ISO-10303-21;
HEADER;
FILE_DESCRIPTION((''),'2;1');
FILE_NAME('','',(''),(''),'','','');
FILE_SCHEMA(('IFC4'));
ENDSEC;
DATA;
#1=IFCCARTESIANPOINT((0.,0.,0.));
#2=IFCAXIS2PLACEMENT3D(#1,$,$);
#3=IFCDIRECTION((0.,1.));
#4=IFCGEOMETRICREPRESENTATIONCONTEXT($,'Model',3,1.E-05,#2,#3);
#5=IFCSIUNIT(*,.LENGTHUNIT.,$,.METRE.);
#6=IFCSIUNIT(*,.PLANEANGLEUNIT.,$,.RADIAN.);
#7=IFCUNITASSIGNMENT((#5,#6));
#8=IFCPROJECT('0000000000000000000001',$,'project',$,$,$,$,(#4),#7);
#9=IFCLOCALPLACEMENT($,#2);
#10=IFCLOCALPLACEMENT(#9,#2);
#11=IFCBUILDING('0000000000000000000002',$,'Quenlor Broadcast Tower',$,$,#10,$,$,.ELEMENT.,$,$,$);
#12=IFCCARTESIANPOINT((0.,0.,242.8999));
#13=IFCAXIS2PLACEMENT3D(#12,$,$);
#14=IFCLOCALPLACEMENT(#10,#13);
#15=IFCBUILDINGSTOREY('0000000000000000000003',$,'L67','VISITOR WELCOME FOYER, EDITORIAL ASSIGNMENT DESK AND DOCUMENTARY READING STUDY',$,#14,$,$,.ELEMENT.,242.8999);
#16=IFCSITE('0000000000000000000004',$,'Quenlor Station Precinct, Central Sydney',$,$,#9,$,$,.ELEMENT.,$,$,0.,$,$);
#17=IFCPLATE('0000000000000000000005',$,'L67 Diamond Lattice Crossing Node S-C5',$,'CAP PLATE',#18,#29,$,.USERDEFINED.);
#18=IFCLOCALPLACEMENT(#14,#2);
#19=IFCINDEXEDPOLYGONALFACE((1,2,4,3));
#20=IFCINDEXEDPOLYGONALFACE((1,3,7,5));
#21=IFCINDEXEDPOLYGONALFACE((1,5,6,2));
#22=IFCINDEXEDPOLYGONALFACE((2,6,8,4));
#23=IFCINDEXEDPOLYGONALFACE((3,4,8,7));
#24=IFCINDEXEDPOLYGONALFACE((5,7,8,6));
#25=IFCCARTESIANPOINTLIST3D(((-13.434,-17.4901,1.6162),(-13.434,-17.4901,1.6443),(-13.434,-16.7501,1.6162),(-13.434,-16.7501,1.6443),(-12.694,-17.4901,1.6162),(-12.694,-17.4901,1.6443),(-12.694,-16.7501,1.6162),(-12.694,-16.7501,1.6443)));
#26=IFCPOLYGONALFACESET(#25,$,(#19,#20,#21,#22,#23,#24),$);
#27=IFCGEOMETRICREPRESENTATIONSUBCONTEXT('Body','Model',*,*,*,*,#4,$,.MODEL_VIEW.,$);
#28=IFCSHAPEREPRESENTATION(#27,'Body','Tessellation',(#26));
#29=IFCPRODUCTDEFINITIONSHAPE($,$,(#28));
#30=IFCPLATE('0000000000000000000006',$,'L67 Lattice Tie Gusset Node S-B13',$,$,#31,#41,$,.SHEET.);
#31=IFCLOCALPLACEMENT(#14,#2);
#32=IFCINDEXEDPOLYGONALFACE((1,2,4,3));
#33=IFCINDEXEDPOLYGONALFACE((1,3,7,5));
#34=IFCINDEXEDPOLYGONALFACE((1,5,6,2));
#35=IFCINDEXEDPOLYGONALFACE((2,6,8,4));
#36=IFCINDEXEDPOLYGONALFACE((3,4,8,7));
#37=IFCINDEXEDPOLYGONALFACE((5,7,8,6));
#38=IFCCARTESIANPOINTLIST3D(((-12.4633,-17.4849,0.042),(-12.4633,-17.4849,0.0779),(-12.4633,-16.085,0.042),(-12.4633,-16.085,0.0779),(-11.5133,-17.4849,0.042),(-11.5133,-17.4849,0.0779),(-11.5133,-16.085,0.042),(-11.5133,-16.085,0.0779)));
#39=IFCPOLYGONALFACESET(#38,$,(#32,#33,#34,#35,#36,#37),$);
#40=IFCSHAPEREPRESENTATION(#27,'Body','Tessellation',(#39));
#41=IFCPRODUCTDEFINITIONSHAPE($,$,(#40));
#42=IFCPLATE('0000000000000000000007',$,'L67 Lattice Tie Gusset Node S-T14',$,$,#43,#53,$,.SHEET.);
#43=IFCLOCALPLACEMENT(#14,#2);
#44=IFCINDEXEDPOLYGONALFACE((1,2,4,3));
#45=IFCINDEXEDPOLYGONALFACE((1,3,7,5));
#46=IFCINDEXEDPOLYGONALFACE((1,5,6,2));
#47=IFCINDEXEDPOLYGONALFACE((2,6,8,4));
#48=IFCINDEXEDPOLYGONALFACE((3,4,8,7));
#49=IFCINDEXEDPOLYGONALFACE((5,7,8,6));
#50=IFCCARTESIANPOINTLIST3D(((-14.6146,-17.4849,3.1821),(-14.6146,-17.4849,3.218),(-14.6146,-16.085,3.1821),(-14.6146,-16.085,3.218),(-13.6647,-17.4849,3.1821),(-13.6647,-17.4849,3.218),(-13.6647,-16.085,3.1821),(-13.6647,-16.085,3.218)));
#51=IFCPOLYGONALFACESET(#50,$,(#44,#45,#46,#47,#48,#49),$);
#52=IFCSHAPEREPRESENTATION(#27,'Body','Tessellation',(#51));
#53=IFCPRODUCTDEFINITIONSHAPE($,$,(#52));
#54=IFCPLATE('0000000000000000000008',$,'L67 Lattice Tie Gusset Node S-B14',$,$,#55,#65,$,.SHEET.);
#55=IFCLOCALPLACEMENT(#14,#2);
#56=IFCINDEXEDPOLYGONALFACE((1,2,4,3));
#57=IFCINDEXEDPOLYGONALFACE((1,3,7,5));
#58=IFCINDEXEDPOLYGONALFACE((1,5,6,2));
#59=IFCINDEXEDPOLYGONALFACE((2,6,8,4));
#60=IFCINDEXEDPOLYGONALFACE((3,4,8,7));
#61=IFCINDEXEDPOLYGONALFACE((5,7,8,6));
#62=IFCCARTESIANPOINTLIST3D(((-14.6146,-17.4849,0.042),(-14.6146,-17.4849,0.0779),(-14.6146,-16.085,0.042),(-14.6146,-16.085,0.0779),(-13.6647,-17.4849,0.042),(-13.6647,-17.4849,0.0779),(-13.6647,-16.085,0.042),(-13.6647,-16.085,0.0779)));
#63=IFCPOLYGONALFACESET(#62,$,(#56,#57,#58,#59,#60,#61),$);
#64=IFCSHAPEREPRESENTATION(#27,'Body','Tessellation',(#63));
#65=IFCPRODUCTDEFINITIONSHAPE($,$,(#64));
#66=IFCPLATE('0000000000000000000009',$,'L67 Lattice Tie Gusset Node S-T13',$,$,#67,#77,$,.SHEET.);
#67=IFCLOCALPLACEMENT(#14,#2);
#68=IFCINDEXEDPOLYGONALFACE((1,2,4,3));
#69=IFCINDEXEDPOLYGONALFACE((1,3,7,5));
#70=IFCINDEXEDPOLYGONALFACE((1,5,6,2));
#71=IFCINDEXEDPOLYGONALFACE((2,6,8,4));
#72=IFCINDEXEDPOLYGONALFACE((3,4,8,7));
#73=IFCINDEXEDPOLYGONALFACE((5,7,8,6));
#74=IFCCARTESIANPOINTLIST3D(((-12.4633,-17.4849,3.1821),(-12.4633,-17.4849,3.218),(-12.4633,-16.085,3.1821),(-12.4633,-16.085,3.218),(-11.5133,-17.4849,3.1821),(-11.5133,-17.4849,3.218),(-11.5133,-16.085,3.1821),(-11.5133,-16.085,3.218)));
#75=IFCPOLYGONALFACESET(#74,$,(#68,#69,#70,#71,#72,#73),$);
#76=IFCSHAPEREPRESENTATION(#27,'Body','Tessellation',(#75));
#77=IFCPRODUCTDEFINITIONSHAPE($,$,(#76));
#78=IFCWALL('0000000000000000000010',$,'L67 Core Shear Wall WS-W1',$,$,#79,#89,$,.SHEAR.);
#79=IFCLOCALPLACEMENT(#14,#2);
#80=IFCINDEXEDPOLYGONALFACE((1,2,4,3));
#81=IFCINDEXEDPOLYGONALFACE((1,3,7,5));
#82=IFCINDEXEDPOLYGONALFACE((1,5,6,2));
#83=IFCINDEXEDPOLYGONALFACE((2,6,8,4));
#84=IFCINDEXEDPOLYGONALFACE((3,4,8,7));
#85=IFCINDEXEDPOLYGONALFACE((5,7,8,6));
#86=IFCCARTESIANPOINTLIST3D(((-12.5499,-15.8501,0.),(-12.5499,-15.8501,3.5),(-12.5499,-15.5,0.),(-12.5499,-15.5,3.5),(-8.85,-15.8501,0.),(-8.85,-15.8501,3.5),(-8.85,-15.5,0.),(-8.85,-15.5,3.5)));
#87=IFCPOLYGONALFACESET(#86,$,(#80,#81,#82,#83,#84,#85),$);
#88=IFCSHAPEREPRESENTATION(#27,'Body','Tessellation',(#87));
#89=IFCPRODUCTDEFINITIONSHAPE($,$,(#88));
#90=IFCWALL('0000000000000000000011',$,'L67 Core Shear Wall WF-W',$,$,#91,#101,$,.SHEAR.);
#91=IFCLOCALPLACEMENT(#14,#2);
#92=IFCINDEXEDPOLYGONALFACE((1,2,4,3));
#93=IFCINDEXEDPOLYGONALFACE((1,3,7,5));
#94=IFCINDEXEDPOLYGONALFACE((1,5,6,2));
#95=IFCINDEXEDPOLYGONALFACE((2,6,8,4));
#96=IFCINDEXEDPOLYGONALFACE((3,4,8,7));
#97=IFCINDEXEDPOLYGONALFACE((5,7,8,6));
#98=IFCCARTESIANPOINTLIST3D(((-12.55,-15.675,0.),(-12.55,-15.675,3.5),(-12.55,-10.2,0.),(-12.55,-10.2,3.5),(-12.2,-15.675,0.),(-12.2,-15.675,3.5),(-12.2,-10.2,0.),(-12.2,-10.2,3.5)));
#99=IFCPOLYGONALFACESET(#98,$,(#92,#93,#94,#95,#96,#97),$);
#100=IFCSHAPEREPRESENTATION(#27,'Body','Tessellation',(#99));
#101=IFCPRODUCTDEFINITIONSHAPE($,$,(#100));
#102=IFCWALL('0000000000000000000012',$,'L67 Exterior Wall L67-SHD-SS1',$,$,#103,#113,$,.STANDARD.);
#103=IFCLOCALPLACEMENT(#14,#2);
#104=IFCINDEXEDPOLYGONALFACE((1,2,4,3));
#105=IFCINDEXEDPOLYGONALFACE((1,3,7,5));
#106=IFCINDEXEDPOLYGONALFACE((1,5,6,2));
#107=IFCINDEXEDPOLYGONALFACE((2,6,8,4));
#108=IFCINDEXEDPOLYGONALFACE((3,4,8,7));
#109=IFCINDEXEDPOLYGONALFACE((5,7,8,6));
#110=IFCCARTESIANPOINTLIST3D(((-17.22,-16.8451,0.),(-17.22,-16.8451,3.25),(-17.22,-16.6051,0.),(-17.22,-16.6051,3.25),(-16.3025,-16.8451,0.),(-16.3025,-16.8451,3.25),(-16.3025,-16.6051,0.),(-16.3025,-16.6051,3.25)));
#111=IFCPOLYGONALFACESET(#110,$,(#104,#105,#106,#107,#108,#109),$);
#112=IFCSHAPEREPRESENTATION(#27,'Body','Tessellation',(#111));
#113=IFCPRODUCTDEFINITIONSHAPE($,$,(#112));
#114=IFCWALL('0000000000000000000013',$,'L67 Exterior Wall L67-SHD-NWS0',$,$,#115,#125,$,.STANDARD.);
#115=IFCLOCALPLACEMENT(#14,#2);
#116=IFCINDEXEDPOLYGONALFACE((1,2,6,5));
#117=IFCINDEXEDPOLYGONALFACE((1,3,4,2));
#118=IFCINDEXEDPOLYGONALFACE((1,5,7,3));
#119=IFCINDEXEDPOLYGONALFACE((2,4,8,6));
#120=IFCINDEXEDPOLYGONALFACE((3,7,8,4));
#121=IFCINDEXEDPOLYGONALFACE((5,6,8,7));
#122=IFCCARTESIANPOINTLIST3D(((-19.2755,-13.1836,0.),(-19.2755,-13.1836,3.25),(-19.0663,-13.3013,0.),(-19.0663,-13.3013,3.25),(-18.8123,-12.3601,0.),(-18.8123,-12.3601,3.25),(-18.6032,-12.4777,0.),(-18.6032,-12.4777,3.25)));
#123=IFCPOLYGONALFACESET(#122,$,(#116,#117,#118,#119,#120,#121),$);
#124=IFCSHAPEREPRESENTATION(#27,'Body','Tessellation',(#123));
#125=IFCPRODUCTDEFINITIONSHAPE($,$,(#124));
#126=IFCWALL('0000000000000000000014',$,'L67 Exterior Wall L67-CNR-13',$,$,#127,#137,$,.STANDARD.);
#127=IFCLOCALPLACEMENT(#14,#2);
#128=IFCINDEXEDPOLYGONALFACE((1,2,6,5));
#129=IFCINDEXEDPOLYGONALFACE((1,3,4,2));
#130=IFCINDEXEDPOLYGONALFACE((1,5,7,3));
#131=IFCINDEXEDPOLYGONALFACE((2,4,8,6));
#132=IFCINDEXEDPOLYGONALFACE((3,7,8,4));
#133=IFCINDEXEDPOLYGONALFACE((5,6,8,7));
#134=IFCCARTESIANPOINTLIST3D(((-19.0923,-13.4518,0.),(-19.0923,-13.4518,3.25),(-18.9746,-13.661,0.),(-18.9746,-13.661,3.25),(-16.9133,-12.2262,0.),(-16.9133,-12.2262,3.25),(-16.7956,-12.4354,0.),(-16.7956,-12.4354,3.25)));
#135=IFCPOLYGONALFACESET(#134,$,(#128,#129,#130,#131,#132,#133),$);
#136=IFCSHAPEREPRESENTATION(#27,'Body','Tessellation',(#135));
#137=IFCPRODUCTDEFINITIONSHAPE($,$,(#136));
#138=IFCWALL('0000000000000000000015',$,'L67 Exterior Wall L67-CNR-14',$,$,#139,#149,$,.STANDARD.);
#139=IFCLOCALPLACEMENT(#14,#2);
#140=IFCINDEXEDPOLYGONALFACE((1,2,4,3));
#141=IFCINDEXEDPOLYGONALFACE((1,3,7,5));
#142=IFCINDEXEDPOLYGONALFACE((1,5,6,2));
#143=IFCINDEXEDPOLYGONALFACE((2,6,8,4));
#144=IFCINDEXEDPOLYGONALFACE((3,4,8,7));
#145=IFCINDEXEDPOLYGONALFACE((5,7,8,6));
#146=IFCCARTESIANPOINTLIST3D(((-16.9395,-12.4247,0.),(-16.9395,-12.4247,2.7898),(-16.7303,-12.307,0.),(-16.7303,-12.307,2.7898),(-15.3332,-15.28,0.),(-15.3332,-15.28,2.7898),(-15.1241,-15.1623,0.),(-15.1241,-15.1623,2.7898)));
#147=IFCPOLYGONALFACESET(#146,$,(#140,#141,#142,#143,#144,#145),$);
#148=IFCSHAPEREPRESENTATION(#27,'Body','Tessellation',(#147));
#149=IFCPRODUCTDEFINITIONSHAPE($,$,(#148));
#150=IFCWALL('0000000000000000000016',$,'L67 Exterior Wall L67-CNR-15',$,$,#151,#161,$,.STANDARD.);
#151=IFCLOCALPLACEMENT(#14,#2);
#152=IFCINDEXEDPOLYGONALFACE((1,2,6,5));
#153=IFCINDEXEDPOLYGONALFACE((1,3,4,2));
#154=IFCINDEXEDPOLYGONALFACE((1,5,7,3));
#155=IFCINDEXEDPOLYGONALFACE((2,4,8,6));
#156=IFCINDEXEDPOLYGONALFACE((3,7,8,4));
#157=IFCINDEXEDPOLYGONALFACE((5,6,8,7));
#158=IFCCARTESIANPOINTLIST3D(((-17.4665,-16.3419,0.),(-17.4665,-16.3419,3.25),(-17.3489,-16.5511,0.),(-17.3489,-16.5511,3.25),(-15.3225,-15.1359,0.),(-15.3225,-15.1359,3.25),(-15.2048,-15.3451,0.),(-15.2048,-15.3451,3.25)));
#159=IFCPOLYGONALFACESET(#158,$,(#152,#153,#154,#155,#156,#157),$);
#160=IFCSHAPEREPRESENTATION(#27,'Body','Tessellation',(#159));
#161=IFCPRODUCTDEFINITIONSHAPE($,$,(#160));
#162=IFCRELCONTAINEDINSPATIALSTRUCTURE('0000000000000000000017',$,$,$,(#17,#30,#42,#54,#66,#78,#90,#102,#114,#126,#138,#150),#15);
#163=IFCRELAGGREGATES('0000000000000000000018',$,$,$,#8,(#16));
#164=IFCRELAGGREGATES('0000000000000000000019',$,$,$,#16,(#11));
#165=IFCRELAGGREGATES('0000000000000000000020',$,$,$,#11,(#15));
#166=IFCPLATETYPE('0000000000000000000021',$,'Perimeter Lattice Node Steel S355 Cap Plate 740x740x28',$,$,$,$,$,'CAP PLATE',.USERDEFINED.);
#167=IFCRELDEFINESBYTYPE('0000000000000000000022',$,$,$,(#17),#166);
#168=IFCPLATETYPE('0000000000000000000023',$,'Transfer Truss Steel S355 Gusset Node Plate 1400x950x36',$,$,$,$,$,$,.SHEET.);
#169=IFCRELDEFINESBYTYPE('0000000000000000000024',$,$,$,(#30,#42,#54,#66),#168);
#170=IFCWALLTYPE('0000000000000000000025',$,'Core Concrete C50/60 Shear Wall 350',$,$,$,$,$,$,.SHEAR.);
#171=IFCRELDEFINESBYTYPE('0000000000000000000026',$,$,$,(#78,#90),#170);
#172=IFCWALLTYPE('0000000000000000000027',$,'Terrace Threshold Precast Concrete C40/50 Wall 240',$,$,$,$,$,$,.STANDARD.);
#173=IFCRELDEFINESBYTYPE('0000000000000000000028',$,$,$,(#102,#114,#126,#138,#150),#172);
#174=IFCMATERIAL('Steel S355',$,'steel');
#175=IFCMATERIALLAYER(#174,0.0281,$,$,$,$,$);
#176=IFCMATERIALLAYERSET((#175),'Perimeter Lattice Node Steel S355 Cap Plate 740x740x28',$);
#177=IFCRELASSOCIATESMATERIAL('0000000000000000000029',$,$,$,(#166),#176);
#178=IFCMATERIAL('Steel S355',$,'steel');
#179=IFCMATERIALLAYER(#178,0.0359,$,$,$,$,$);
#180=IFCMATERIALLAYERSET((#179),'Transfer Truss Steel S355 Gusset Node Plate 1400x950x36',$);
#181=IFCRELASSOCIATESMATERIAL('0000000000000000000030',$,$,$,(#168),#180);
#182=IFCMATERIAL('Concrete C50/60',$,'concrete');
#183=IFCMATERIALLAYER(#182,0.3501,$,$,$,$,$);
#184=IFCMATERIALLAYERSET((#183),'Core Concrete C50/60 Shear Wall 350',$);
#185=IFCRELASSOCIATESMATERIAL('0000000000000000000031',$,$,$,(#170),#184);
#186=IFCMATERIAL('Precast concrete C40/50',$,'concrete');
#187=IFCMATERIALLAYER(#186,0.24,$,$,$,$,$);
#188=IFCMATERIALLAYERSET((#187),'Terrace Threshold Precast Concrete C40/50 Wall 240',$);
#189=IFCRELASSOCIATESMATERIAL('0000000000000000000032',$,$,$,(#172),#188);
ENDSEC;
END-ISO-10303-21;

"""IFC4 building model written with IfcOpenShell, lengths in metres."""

from ifc_helpers import new_model, si_unit, direction, frame, frame_2d, origin, origin_2d, place, context, subcontext, project, spatial, rectangle, extrude, material, layer, layer_set, type_object, element, save


model = new_model("IFC4")

# Units and contexts
model_context = context("Model", 3, precision=1e-05, world=origin(), true_north=direction((0.0, 1.0)))
body_context = subcontext(model_context, "Body", "Model", "MODEL_VIEW")
ifc_project = project(units=[si_unit("LENGTHUNIT", "METRE"), si_unit("PLANEANGLEUNIT", "RADIAN")], contexts=[model_context])

# Site, building, storey
site_placement = place(None, origin())
site = spatial("IfcSite", under=ifc_project, at=site_placement, Name="Quenlor Station Precinct, Central Sydney", CompositionType="ELEMENT", RefElevation=0.0)
building_placement = place(site_placement, origin())
building = spatial("IfcBuilding", under=site, at=building_placement, Name="Quenlor Broadcast Tower", CompositionType="ELEMENT")
storey_placement = place(building_placement, frame((0.0, 0.0, 242.8999)))
storey = spatial("IfcBuildingStorey", under=building, at=storey_placement, Name="L67", Description="VISITOR WELCOME FOYER, EDITORIAL ASSIGNMENT DESK AND DOCUMENTARY READING STUDY", CompositionType="ELEMENT", Elevation=242.8999)

# Plates
ifc_material_1 = material(Name="Steel S355", Category="steel")
ifc_layer_1 = layer(ifc_material_1, 0.0281)
ifc_layer_set_1 = layer_set([ifc_layer_1], Name="Perimeter Lattice Node Steel S355 Cap Plate 740x740x28")
plate_type_1 = type_object("IfcPlateType", Name="Perimeter Lattice Node Steel S355 Cap Plate 740x740x28", ElementType="CAP PLATE", PredefinedType="USERDEFINED", material=ifc_layer_set_1)
plate_placement = place(storey_placement, frame((-13.064, -17.1201, 1.6162), z_axis=(0.0, 0.0, 1.0), x_axis=(-1.0, 0.0, 0.0)))
element("IfcPlate", 1, at=plate_placement, inside=storey, type_object=plate_type_1, Name="L67 Diamond Lattice Crossing Node S-C5", ObjectType="CAP PLATE", PredefinedType="USERDEFINED", context=body_context, shape_type="SweptSolid", body=[
    extrude(rectangle(XDim=0.74, YDim=0.74, at=origin_2d()), origin(), (0.0, 0.0, 1.0), 0.0281),
])
ifc_material_2 = material(Name="Steel S355", Category="steel")
ifc_layer_2 = layer(ifc_material_2, 0.0359)
ifc_layer_set_2 = layer_set([ifc_layer_2], Name="Transfer Truss Steel S355 Gusset Node Plate 1400x950x36")
plate_type_2 = type_object("IfcPlateType", Name="Transfer Truss Steel S355 Gusset Node Plate 1400x950x36", PredefinedType="SHEET", material=ifc_layer_set_2)
for number, where, z_axis, x_axis, name in (
    (2, (-11.9883, -16.7849, 0.042), (0.0, 0.0, 1.0), (0.0, -1.0, 0.0), "L67 Lattice Tie Gusset Node S-B13"),
    (3, (-14.1396, -16.7849, 3.1821), (0.0, 0.0, 1.0), (0.0, -1.0, 0.0), "L67 Lattice Tie Gusset Node S-T14"),
    (4, (-14.1396, -16.7849, 0.042), (0.0, 0.0, 1.0), (0.0, -1.0, 0.0), "L67 Lattice Tie Gusset Node S-B14"),
    (5, (-11.9883, -16.7849, 3.1821), (0.0, 0.0, 1.0), (0.0, -1.0, 0.0), "L67 Lattice Tie Gusset Node S-T13"),
):
    element("IfcPlate", number, at=place(storey_placement, frame(where, z_axis=z_axis, x_axis=x_axis)), inside=storey, type_object=plate_type_2, Name=name, PredefinedType="SHEET", context=body_context, shape_type="SweptSolid", body=[
        extrude(rectangle(XDim=1.3999, YDim=0.95, at=origin_2d()), origin(), (0.0, 0.0, 1.0), 0.0359),
    ])

# Walls
ifc_material_3 = material(Name="Concrete C50/60", Category="concrete")
ifc_layer_3 = layer(ifc_material_3, 0.3501)
ifc_layer_set_3 = layer_set([ifc_layer_3], Name="Core Concrete C50/60 Shear Wall 350")
wall_type_1 = type_object("IfcWallType", Name="Core Concrete C50/60 Shear Wall 350", PredefinedType="SHEAR", material=ifc_layer_set_3)
wall_1_placement = place(storey_placement, frame((-12.55, -15.675, 0.0), z_axis=(0.0, 0.0, 1.0), x_axis=(1.0, 0.0, 0.0)))
element("IfcWall", 6, at=wall_1_placement, inside=storey, type_object=wall_type_1, Name="L67 Core Shear Wall WS-W1", PredefinedType="SHEAR", context=body_context, shape_type="SweptSolid", body=[
    extrude(rectangle(XDim=3.7, YDim=0.3501, at=frame_2d((1.8501, 0.0))), origin(), (0.0, 0.0, 1.0), 3.5),
])
wall_2_placement = place(storey_placement, frame((-12.375, -15.675, 0.0), z_axis=(0.0, 0.0, 1.0), x_axis=(0.0, 1.0, 0.0)))
element("IfcWall", 7, at=wall_2_placement, inside=storey, type_object=wall_type_1, Name="L67 Core Shear Wall WF-W", PredefinedType="SHEAR", context=body_context, shape_type="SweptSolid", body=[
    extrude(rectangle(XDim=5.4751, YDim=0.3501, at=frame_2d((2.7375, 0.0))), origin(), (0.0, 0.0, 1.0), 3.5),
])
ifc_material_4 = material(Name="Precast concrete C40/50", Category="concrete")
ifc_layer_4 = layer(ifc_material_4, 0.24)
ifc_layer_set_4 = layer_set([ifc_layer_4], Name="Terrace Threshold Precast Concrete C40/50 Wall 240")
wall_type_2 = type_object("IfcWallType", Name="Terrace Threshold Precast Concrete C40/50 Wall 240", PredefinedType="STANDARD", material=ifc_layer_set_4)
wall_3_placement = place(storey_placement, frame((-16.3025, -16.7251, 0.0), z_axis=(0.0, 0.0, 1.0), x_axis=(-1.0, 0.0, 0.0)))
element("IfcWall", 8, at=wall_3_placement, inside=storey, type_object=wall_type_2, Name="L67 Exterior Wall L67-SHD-SS1", PredefinedType="STANDARD", context=body_context, shape_type="SweptSolid", body=[
    extrude(rectangle(XDim=0.9175, YDim=0.24, at=frame_2d((0.4587, 0.0))), origin(), (0.0, 0.0, 1.0), 3.25),
])
wall_4_placement = place(storey_placement, frame((-19.1709, -13.2424, 0.0), z_axis=(0.0, 0.0, 1.0), x_axis=(0.4902, 0.87161, 0.0)))
element("IfcWall", 9, at=wall_4_placement, inside=storey, type_object=wall_type_2, Name="L67 Exterior Wall L67-SHD-NWS0", PredefinedType="STANDARD", context=body_context, shape_type="SweptSolid", body=[
    extrude(rectangle(XDim=0.9448, YDim=0.24, at=frame_2d((0.4724, 0.0))), origin(), (0.0, 0.0, 1.0), 3.25),
])
wall_5_placement = place(storey_placement, frame((-19.0334, -13.5564, 0.0), z_axis=(0.0, 0.0, 1.0), x_axis=(0.871589, 0.490238, 0.0)))
element("IfcWall", 10, at=wall_5_placement, inside=storey, type_object=wall_type_2, Name="L67 Exterior Wall L67-CNR-13", PredefinedType="STANDARD", context=body_context, shape_type="SweptSolid", body=[
    extrude(rectangle(XDim=2.5, YDim=0.24, at=frame_2d((1.25, 0.0))), origin(), (0.0, 0.0, 1.0), 3.25),
])
wall_6_placement = place(storey_placement, frame((-16.835, -12.3657, 0.0), z_axis=(0.0, 0.0, 1.0), x_axis=(0.490293, -0.871558, 0.0)))
element("IfcWall", 11, at=wall_6_placement, inside=storey, type_object=wall_type_2, Name="L67 Exterior Wall L67-CNR-14", PredefinedType="STANDARD", context=body_context, shape_type="SweptSolid", body=[
    extrude(rectangle(XDim=3.2761, YDim=0.24, at=frame_2d((1.6382, 0.0))), origin(), (0.0, 0.0, 1.0), 2.7898),
])
wall_7_placement = place(storey_placement, frame((-15.2637, -15.2405, 0.0), z_axis=(0.0, 0.0, 1.0), x_axis=(-0.87157, -0.490271, 0.0)))
element("IfcWall", 12, at=wall_7_placement, inside=storey, type_object=wall_type_2, Name="L67 Exterior Wall L67-CNR-15", PredefinedType="STANDARD", context=body_context, shape_type="SweptSolid", body=[
    extrude(rectangle(XDim=2.46, YDim=0.24, at=frame_2d((1.23, 0.0))), origin(), (0.0, 0.0, 1.0), 3.25),
])

save(model, "model.ifc")
